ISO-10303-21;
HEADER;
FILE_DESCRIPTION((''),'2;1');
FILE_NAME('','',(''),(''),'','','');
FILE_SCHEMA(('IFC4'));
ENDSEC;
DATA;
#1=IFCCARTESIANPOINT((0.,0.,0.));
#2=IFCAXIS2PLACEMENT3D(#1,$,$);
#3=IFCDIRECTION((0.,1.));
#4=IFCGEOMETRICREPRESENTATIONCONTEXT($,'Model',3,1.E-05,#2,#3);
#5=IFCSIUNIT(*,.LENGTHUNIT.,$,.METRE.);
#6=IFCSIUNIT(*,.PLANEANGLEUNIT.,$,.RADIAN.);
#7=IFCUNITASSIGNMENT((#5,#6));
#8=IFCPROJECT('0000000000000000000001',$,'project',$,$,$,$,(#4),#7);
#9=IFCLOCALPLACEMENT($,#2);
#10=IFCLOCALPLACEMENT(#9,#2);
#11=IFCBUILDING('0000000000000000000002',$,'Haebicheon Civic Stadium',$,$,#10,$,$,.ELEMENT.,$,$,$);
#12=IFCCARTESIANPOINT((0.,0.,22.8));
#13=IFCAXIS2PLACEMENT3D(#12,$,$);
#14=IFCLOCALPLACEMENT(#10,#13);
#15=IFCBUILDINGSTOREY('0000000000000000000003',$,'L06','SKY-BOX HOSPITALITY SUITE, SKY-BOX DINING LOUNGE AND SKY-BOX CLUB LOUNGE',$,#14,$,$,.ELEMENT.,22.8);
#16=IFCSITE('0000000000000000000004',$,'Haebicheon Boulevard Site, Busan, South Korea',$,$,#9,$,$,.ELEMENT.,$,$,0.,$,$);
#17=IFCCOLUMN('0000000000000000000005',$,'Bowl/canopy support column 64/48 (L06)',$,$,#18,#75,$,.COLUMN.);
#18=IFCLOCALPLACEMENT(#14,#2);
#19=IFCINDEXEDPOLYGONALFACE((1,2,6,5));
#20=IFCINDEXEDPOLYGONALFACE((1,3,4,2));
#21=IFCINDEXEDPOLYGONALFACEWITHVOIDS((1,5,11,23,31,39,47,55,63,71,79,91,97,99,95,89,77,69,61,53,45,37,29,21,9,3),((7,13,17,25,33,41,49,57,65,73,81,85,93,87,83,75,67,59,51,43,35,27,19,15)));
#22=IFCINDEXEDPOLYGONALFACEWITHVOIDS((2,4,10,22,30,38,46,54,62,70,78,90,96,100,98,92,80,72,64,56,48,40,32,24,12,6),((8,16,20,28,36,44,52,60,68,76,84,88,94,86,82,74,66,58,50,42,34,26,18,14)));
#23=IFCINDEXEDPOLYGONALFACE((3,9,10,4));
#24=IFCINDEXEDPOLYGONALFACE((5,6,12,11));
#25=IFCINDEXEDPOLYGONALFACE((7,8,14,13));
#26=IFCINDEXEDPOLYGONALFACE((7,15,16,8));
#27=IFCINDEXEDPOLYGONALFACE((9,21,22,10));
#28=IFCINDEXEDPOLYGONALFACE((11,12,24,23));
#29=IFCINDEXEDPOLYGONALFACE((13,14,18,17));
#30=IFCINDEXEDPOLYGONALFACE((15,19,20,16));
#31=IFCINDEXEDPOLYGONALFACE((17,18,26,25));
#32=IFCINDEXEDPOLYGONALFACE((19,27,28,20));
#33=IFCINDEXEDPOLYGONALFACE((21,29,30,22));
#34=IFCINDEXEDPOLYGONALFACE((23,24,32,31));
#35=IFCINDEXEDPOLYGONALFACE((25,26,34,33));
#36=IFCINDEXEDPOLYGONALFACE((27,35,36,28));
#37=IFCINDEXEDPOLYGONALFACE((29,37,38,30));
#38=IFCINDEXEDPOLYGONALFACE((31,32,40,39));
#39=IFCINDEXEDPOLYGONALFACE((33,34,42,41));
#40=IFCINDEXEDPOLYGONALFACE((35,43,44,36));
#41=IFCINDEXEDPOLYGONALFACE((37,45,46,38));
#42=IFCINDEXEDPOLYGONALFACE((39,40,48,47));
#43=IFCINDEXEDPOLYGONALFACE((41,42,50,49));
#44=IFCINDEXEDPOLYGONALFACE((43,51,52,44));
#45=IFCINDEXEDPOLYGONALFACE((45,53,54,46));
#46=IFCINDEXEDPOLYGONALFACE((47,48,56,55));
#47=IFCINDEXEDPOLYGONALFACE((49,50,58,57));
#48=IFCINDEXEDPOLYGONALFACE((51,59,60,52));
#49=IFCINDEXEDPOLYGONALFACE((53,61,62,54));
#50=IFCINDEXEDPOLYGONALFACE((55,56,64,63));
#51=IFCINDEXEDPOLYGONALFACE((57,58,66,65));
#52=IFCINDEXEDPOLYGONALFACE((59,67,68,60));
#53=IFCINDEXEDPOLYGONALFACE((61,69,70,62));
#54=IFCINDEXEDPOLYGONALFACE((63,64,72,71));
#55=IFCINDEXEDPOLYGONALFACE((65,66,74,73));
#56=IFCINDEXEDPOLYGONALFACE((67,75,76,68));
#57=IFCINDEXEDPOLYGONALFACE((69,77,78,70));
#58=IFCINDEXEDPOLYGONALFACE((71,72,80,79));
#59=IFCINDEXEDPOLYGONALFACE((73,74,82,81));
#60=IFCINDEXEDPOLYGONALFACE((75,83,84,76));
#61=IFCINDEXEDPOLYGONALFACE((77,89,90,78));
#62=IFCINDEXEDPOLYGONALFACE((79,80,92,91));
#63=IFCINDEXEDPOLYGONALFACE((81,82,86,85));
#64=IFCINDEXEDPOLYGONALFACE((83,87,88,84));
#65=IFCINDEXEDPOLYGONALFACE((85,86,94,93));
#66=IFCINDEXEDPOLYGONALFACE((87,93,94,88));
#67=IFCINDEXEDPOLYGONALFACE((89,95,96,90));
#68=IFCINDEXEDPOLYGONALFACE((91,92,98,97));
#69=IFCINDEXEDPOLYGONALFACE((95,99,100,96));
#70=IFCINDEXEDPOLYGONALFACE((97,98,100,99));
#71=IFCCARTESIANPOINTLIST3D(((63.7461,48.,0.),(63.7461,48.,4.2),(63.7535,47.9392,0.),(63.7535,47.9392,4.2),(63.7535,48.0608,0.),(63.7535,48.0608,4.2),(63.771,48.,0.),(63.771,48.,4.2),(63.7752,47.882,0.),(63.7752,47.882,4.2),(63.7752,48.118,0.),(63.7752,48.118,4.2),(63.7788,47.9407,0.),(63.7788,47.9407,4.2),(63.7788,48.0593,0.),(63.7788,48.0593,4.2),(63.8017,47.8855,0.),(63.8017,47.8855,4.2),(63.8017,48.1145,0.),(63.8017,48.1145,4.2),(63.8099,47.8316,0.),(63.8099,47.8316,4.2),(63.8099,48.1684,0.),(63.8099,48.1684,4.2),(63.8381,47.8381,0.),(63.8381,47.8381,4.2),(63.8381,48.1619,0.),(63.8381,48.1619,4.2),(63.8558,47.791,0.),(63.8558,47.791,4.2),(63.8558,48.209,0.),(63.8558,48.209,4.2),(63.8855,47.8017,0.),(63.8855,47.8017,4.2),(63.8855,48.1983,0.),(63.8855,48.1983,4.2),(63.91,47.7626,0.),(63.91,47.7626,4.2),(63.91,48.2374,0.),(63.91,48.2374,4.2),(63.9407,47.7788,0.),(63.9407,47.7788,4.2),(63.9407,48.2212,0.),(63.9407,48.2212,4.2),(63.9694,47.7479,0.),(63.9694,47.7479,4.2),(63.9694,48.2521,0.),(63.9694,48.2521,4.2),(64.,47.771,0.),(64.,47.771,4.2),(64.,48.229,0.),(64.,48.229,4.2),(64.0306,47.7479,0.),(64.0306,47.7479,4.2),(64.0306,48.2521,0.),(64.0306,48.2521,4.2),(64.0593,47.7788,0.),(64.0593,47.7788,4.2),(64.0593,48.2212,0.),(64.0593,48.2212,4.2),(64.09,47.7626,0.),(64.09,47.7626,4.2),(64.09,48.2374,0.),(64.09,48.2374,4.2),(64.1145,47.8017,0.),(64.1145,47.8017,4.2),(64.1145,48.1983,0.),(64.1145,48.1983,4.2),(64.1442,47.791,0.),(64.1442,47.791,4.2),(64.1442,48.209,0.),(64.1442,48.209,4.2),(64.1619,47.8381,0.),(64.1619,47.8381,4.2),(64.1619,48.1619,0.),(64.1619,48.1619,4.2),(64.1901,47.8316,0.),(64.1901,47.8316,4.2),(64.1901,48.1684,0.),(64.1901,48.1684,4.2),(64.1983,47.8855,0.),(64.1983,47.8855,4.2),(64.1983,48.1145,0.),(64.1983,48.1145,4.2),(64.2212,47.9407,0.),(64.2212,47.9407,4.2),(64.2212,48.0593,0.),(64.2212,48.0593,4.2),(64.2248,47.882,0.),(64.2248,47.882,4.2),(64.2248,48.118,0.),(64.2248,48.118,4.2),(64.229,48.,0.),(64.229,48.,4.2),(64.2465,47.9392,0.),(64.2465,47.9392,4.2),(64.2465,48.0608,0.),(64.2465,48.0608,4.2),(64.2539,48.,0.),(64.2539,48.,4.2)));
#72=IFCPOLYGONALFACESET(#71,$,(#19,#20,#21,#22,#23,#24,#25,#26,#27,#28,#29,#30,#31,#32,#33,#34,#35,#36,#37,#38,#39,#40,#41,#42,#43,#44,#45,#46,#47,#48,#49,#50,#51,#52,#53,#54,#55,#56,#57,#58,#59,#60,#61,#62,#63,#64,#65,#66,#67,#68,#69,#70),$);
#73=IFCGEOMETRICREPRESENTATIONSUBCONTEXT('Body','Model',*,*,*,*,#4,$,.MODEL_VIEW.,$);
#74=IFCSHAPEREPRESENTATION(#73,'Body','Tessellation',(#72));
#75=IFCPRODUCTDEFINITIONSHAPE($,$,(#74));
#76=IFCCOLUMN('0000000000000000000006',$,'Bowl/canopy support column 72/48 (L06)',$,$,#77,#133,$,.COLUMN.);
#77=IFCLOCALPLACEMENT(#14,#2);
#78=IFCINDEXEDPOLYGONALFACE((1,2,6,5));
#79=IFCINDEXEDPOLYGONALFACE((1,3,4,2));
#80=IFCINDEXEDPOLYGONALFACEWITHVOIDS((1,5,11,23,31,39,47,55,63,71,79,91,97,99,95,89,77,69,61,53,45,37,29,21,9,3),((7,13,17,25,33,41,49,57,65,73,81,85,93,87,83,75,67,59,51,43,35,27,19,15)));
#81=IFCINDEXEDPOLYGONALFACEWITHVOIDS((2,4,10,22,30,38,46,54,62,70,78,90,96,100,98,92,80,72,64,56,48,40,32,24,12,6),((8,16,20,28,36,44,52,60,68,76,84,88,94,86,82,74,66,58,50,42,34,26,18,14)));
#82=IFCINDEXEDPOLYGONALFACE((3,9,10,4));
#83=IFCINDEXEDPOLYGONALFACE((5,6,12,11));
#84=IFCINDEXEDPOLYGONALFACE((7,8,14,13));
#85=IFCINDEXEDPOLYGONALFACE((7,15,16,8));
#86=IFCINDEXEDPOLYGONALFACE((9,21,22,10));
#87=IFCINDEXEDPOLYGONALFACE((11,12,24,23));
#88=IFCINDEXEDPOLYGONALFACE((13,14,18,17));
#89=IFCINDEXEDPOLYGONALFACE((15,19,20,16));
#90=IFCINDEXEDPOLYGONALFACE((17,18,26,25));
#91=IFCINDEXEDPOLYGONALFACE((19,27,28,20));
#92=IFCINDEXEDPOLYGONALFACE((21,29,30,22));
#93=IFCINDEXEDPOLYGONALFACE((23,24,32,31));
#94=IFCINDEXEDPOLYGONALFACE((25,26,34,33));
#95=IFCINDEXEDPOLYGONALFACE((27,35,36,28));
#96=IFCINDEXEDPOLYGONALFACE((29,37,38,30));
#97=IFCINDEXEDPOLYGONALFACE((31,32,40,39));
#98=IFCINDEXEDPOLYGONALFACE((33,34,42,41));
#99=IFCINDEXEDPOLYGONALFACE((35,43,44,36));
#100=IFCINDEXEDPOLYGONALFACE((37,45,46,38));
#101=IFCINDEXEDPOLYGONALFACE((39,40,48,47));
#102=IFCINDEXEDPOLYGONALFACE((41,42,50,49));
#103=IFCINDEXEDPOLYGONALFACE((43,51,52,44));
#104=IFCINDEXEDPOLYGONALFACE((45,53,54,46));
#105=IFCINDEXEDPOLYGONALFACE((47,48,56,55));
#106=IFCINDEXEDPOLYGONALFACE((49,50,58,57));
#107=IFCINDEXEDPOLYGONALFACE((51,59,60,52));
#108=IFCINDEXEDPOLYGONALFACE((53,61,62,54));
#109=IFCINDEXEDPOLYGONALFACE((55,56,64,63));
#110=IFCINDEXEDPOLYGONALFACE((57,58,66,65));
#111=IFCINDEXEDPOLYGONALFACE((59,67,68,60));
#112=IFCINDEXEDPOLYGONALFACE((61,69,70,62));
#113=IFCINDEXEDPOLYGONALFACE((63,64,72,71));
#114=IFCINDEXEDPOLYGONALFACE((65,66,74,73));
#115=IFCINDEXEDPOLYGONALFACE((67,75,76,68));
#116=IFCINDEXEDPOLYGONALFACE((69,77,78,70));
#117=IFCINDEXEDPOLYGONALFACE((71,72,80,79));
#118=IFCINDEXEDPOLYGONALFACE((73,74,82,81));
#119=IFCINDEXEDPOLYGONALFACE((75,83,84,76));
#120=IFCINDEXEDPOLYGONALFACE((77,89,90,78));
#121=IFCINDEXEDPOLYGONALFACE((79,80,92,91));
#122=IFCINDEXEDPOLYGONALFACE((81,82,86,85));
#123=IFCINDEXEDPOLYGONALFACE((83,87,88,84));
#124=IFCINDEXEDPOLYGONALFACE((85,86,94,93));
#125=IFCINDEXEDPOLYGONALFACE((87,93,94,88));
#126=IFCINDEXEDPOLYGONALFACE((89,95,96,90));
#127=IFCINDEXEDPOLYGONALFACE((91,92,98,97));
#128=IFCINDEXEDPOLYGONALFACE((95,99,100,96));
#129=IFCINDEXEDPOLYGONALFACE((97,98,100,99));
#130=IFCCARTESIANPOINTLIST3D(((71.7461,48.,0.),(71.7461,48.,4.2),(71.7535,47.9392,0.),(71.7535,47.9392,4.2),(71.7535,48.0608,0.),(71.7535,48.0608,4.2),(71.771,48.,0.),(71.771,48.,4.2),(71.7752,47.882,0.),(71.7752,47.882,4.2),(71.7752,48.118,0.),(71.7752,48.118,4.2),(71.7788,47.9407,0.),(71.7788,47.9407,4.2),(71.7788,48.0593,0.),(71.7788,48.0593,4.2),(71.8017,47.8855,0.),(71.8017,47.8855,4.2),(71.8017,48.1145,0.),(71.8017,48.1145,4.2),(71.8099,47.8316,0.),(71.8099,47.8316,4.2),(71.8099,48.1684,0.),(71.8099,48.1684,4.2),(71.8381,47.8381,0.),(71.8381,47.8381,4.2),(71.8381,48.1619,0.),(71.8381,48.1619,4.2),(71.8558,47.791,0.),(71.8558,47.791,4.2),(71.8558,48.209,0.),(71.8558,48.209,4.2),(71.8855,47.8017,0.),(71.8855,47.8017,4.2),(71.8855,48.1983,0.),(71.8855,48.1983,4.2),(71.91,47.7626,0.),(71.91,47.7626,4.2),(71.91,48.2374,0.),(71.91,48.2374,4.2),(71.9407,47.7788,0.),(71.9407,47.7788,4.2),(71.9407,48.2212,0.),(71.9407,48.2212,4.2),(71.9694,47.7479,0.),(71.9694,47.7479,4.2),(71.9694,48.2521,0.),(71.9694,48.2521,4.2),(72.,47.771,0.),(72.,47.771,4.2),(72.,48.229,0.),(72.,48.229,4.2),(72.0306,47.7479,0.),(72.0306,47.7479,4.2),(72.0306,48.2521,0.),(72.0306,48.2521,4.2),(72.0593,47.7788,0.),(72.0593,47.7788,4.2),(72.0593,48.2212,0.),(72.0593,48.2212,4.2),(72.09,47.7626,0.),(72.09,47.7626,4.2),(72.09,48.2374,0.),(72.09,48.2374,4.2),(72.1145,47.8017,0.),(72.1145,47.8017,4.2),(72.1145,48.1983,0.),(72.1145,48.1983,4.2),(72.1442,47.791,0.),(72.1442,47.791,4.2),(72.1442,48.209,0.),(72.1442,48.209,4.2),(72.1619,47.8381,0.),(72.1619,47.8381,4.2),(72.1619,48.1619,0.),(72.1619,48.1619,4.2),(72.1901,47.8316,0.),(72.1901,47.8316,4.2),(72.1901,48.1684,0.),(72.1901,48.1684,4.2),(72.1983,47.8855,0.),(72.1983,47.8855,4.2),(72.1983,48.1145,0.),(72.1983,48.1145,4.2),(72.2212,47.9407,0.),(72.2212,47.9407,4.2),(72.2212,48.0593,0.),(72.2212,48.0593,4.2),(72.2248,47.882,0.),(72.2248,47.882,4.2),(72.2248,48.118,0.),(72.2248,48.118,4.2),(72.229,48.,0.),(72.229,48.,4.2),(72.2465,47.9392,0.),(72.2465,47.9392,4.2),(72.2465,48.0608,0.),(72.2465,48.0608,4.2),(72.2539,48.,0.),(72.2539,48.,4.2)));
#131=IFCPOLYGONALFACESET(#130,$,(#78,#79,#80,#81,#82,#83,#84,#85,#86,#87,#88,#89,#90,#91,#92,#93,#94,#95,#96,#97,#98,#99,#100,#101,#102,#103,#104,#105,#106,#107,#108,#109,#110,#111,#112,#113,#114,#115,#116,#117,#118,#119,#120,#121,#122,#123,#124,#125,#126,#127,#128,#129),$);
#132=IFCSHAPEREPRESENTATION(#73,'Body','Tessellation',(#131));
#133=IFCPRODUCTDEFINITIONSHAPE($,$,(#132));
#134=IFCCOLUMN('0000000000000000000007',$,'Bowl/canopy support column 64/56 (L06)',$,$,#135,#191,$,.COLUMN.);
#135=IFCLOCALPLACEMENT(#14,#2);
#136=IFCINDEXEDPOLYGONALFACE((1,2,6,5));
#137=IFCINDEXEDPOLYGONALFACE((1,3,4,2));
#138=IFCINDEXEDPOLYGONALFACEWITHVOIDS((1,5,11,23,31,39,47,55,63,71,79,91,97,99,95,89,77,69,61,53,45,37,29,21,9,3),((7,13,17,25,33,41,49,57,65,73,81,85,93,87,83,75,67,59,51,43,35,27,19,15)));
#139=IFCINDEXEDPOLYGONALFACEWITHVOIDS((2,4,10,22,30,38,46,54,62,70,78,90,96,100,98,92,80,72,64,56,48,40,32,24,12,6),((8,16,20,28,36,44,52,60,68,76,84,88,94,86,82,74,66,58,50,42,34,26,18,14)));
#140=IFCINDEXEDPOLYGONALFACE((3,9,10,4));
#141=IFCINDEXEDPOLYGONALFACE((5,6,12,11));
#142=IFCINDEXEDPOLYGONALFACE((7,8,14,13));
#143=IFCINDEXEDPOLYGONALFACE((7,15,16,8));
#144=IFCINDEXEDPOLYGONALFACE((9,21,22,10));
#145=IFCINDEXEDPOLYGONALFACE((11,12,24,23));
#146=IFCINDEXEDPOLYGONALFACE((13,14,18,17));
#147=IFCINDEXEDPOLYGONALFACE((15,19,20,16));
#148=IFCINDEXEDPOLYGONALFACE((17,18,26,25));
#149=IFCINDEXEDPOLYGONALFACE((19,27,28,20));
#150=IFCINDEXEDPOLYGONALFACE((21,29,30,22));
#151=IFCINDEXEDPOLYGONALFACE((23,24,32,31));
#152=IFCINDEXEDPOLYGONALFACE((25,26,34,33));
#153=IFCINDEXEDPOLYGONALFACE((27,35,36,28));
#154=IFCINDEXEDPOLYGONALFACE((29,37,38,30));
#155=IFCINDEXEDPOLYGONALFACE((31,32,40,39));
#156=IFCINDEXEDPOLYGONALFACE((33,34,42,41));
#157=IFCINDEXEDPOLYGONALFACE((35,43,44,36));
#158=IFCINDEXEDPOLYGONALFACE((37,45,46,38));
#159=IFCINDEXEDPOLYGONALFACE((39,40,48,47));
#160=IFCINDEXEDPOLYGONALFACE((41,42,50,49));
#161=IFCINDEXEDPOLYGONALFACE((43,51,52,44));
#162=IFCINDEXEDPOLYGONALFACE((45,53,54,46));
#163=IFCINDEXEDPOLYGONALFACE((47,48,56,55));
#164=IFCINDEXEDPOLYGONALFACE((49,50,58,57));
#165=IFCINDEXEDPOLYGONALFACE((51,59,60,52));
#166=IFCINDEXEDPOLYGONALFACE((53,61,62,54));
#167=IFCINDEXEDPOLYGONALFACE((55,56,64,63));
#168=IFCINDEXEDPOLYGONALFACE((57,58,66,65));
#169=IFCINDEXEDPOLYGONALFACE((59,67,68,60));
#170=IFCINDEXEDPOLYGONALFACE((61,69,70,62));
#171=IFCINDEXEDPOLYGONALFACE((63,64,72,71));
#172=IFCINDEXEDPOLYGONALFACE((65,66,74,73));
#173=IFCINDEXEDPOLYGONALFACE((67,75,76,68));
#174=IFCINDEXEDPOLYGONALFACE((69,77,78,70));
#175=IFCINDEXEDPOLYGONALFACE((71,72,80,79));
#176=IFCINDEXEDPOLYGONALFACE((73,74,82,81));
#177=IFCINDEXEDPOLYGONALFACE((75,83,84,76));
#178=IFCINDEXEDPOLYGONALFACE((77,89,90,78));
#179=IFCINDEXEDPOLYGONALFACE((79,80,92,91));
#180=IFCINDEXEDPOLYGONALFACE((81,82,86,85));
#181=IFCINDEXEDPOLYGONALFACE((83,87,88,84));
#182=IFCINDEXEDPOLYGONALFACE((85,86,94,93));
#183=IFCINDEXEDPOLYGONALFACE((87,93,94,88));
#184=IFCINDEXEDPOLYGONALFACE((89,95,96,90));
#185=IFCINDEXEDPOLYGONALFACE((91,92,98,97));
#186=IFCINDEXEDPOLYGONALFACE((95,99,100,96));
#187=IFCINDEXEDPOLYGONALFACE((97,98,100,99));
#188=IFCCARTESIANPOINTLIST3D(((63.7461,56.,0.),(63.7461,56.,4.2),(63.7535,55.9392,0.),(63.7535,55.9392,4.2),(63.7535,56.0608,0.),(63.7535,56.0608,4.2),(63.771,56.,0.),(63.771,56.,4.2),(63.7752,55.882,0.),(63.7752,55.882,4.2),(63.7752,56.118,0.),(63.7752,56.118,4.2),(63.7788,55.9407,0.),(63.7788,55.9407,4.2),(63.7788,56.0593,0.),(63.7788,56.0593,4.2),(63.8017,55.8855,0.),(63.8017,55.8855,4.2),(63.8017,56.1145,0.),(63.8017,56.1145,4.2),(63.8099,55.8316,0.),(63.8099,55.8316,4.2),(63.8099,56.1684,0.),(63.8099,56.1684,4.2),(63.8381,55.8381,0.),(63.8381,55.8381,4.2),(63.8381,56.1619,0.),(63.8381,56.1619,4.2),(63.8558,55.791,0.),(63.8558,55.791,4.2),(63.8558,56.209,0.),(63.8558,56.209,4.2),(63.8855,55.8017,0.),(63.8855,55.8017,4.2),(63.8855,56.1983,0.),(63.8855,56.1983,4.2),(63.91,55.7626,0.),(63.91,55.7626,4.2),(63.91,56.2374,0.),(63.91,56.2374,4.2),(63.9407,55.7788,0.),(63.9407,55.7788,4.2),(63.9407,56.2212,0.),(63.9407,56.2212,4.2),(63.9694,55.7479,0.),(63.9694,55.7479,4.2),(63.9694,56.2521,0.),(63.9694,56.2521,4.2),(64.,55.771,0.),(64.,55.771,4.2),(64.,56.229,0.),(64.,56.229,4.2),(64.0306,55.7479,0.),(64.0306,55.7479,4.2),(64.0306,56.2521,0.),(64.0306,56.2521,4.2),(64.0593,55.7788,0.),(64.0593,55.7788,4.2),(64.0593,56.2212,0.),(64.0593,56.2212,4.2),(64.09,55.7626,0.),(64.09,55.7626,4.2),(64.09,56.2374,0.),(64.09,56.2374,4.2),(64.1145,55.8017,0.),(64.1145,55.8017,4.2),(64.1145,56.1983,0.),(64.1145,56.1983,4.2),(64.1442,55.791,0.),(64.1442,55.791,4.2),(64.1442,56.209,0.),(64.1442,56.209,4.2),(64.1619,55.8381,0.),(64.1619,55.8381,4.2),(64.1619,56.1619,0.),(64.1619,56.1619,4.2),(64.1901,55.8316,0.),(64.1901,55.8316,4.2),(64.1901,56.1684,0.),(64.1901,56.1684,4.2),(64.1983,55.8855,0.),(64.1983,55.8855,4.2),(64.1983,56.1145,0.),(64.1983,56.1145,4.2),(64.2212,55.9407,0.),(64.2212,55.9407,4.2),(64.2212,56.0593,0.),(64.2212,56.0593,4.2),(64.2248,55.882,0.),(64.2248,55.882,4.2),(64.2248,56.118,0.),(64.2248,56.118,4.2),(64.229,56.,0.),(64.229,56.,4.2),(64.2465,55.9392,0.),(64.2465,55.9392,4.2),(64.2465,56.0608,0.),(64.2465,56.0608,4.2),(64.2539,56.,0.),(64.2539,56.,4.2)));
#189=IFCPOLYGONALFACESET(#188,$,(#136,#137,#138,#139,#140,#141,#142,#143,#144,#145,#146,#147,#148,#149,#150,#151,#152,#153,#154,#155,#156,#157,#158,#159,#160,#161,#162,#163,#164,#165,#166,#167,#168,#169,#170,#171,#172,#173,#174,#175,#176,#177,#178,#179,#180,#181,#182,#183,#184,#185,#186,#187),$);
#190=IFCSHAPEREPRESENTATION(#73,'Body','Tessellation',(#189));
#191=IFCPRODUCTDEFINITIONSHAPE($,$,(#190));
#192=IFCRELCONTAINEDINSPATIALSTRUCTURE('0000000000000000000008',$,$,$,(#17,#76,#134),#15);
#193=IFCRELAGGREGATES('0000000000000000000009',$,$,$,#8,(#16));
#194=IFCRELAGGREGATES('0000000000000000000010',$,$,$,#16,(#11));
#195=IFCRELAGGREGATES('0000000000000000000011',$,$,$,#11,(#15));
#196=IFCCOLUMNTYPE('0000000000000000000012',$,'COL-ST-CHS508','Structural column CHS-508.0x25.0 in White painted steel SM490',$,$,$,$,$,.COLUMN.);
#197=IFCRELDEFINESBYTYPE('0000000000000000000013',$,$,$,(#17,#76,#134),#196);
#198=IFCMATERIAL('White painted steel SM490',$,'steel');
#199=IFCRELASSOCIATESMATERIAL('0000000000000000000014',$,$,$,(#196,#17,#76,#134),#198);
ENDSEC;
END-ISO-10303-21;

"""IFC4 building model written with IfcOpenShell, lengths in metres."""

from ifc_helpers import new_model, si_unit, direction, frame, origin, origin_2d, place, context, subcontext, project, spatial, hollow_circle, extrude, material, material_profile, profile_set, type_object, element, save


model = new_model("IFC4")

# Units and contexts
model_context = context("Model", 3, precision=1e-05, world=origin(), true_north=direction((0.0, 1.0)))
body_context = subcontext(model_context, "Body", "Model", "MODEL_VIEW")
ifc_project = project(units=[si_unit("LENGTHUNIT", "METRE"), si_unit("PLANEANGLEUNIT", "RADIAN")], contexts=[model_context])

# Site, building, storey
site_placement = place(None, origin())
site = spatial("IfcSite", under=ifc_project, at=site_placement, Name="Haebicheon Boulevard Site, Busan, South Korea", CompositionType="ELEMENT", RefElevation=0.0)
building_placement = place(site_placement, origin())
building = spatial("IfcBuilding", under=site, at=building_placement, Name="Haebicheon Civic Stadium", CompositionType="ELEMENT")
storey_placement = place(building_placement, frame((0.0, 0.0, 22.8)))
storey = spatial("IfcBuildingStorey", under=building, at=storey_placement, Name="L06", Description="SKY-BOX HOSPITALITY SUITE, SKY-BOX DINING LOUNGE AND SKY-BOX CLUB LOUNGE", CompositionType="ELEMENT", Elevation=22.8)

# Columns
ifc_material_1 = material(Name="White painted steel SM490", Category="steel")
ifc_material_profile_1 = material_profile(ifc_material_1, hollow_circle(Radius=0.2539, WallThickness=0.0249, at=origin_2d()), Name="CHS-508.0x25.0")
ifc_profile_set_1 = profile_set([ifc_material_profile_1], Name="White painted steel SM490")
column_type_1 = type_object("IfcColumnType", Name="COL-ST-CHS508", Description="Structural column CHS-508.0x25.0 in White painted steel SM490", PredefinedType="COLUMN", material=ifc_profile_set_1)
for number, where, z_axis, x_axis, name in (
    (1, (64.0, 48.0, 0.0), (0.0, 0.0, 1.0), (1.0, 0.0, 0.0), "Bowl/canopy support column 64/48 (L06)"),
    (2, (72.0, 48.0, 0.0), (0.0, 0.0, 1.0), (1.0, 0.0, 0.0), "Bowl/canopy support column 72/48 (L06)"),
    (3, (64.0, 56.0, 0.0), (0.0, 0.0, 1.0), (1.0, 0.0, 0.0), "Bowl/canopy support column 64/56 (L06)"),
):
    element("IfcColumn", number, at=place(storey_placement, frame(where, z_axis=z_axis, x_axis=x_axis)), inside=storey, type_object=column_type_1, material=ifc_profile_set_1, Name=name, PredefinedType="COLUMN", context=body_context, shape_type="SweptSolid", body=[
        extrude(hollow_circle(Radius=0.2539, WallThickness=0.0249, at=origin_2d()), origin(), (0.0, 0.0, 1.0), 4.2),
    ])

save(model, "model.ifc")
